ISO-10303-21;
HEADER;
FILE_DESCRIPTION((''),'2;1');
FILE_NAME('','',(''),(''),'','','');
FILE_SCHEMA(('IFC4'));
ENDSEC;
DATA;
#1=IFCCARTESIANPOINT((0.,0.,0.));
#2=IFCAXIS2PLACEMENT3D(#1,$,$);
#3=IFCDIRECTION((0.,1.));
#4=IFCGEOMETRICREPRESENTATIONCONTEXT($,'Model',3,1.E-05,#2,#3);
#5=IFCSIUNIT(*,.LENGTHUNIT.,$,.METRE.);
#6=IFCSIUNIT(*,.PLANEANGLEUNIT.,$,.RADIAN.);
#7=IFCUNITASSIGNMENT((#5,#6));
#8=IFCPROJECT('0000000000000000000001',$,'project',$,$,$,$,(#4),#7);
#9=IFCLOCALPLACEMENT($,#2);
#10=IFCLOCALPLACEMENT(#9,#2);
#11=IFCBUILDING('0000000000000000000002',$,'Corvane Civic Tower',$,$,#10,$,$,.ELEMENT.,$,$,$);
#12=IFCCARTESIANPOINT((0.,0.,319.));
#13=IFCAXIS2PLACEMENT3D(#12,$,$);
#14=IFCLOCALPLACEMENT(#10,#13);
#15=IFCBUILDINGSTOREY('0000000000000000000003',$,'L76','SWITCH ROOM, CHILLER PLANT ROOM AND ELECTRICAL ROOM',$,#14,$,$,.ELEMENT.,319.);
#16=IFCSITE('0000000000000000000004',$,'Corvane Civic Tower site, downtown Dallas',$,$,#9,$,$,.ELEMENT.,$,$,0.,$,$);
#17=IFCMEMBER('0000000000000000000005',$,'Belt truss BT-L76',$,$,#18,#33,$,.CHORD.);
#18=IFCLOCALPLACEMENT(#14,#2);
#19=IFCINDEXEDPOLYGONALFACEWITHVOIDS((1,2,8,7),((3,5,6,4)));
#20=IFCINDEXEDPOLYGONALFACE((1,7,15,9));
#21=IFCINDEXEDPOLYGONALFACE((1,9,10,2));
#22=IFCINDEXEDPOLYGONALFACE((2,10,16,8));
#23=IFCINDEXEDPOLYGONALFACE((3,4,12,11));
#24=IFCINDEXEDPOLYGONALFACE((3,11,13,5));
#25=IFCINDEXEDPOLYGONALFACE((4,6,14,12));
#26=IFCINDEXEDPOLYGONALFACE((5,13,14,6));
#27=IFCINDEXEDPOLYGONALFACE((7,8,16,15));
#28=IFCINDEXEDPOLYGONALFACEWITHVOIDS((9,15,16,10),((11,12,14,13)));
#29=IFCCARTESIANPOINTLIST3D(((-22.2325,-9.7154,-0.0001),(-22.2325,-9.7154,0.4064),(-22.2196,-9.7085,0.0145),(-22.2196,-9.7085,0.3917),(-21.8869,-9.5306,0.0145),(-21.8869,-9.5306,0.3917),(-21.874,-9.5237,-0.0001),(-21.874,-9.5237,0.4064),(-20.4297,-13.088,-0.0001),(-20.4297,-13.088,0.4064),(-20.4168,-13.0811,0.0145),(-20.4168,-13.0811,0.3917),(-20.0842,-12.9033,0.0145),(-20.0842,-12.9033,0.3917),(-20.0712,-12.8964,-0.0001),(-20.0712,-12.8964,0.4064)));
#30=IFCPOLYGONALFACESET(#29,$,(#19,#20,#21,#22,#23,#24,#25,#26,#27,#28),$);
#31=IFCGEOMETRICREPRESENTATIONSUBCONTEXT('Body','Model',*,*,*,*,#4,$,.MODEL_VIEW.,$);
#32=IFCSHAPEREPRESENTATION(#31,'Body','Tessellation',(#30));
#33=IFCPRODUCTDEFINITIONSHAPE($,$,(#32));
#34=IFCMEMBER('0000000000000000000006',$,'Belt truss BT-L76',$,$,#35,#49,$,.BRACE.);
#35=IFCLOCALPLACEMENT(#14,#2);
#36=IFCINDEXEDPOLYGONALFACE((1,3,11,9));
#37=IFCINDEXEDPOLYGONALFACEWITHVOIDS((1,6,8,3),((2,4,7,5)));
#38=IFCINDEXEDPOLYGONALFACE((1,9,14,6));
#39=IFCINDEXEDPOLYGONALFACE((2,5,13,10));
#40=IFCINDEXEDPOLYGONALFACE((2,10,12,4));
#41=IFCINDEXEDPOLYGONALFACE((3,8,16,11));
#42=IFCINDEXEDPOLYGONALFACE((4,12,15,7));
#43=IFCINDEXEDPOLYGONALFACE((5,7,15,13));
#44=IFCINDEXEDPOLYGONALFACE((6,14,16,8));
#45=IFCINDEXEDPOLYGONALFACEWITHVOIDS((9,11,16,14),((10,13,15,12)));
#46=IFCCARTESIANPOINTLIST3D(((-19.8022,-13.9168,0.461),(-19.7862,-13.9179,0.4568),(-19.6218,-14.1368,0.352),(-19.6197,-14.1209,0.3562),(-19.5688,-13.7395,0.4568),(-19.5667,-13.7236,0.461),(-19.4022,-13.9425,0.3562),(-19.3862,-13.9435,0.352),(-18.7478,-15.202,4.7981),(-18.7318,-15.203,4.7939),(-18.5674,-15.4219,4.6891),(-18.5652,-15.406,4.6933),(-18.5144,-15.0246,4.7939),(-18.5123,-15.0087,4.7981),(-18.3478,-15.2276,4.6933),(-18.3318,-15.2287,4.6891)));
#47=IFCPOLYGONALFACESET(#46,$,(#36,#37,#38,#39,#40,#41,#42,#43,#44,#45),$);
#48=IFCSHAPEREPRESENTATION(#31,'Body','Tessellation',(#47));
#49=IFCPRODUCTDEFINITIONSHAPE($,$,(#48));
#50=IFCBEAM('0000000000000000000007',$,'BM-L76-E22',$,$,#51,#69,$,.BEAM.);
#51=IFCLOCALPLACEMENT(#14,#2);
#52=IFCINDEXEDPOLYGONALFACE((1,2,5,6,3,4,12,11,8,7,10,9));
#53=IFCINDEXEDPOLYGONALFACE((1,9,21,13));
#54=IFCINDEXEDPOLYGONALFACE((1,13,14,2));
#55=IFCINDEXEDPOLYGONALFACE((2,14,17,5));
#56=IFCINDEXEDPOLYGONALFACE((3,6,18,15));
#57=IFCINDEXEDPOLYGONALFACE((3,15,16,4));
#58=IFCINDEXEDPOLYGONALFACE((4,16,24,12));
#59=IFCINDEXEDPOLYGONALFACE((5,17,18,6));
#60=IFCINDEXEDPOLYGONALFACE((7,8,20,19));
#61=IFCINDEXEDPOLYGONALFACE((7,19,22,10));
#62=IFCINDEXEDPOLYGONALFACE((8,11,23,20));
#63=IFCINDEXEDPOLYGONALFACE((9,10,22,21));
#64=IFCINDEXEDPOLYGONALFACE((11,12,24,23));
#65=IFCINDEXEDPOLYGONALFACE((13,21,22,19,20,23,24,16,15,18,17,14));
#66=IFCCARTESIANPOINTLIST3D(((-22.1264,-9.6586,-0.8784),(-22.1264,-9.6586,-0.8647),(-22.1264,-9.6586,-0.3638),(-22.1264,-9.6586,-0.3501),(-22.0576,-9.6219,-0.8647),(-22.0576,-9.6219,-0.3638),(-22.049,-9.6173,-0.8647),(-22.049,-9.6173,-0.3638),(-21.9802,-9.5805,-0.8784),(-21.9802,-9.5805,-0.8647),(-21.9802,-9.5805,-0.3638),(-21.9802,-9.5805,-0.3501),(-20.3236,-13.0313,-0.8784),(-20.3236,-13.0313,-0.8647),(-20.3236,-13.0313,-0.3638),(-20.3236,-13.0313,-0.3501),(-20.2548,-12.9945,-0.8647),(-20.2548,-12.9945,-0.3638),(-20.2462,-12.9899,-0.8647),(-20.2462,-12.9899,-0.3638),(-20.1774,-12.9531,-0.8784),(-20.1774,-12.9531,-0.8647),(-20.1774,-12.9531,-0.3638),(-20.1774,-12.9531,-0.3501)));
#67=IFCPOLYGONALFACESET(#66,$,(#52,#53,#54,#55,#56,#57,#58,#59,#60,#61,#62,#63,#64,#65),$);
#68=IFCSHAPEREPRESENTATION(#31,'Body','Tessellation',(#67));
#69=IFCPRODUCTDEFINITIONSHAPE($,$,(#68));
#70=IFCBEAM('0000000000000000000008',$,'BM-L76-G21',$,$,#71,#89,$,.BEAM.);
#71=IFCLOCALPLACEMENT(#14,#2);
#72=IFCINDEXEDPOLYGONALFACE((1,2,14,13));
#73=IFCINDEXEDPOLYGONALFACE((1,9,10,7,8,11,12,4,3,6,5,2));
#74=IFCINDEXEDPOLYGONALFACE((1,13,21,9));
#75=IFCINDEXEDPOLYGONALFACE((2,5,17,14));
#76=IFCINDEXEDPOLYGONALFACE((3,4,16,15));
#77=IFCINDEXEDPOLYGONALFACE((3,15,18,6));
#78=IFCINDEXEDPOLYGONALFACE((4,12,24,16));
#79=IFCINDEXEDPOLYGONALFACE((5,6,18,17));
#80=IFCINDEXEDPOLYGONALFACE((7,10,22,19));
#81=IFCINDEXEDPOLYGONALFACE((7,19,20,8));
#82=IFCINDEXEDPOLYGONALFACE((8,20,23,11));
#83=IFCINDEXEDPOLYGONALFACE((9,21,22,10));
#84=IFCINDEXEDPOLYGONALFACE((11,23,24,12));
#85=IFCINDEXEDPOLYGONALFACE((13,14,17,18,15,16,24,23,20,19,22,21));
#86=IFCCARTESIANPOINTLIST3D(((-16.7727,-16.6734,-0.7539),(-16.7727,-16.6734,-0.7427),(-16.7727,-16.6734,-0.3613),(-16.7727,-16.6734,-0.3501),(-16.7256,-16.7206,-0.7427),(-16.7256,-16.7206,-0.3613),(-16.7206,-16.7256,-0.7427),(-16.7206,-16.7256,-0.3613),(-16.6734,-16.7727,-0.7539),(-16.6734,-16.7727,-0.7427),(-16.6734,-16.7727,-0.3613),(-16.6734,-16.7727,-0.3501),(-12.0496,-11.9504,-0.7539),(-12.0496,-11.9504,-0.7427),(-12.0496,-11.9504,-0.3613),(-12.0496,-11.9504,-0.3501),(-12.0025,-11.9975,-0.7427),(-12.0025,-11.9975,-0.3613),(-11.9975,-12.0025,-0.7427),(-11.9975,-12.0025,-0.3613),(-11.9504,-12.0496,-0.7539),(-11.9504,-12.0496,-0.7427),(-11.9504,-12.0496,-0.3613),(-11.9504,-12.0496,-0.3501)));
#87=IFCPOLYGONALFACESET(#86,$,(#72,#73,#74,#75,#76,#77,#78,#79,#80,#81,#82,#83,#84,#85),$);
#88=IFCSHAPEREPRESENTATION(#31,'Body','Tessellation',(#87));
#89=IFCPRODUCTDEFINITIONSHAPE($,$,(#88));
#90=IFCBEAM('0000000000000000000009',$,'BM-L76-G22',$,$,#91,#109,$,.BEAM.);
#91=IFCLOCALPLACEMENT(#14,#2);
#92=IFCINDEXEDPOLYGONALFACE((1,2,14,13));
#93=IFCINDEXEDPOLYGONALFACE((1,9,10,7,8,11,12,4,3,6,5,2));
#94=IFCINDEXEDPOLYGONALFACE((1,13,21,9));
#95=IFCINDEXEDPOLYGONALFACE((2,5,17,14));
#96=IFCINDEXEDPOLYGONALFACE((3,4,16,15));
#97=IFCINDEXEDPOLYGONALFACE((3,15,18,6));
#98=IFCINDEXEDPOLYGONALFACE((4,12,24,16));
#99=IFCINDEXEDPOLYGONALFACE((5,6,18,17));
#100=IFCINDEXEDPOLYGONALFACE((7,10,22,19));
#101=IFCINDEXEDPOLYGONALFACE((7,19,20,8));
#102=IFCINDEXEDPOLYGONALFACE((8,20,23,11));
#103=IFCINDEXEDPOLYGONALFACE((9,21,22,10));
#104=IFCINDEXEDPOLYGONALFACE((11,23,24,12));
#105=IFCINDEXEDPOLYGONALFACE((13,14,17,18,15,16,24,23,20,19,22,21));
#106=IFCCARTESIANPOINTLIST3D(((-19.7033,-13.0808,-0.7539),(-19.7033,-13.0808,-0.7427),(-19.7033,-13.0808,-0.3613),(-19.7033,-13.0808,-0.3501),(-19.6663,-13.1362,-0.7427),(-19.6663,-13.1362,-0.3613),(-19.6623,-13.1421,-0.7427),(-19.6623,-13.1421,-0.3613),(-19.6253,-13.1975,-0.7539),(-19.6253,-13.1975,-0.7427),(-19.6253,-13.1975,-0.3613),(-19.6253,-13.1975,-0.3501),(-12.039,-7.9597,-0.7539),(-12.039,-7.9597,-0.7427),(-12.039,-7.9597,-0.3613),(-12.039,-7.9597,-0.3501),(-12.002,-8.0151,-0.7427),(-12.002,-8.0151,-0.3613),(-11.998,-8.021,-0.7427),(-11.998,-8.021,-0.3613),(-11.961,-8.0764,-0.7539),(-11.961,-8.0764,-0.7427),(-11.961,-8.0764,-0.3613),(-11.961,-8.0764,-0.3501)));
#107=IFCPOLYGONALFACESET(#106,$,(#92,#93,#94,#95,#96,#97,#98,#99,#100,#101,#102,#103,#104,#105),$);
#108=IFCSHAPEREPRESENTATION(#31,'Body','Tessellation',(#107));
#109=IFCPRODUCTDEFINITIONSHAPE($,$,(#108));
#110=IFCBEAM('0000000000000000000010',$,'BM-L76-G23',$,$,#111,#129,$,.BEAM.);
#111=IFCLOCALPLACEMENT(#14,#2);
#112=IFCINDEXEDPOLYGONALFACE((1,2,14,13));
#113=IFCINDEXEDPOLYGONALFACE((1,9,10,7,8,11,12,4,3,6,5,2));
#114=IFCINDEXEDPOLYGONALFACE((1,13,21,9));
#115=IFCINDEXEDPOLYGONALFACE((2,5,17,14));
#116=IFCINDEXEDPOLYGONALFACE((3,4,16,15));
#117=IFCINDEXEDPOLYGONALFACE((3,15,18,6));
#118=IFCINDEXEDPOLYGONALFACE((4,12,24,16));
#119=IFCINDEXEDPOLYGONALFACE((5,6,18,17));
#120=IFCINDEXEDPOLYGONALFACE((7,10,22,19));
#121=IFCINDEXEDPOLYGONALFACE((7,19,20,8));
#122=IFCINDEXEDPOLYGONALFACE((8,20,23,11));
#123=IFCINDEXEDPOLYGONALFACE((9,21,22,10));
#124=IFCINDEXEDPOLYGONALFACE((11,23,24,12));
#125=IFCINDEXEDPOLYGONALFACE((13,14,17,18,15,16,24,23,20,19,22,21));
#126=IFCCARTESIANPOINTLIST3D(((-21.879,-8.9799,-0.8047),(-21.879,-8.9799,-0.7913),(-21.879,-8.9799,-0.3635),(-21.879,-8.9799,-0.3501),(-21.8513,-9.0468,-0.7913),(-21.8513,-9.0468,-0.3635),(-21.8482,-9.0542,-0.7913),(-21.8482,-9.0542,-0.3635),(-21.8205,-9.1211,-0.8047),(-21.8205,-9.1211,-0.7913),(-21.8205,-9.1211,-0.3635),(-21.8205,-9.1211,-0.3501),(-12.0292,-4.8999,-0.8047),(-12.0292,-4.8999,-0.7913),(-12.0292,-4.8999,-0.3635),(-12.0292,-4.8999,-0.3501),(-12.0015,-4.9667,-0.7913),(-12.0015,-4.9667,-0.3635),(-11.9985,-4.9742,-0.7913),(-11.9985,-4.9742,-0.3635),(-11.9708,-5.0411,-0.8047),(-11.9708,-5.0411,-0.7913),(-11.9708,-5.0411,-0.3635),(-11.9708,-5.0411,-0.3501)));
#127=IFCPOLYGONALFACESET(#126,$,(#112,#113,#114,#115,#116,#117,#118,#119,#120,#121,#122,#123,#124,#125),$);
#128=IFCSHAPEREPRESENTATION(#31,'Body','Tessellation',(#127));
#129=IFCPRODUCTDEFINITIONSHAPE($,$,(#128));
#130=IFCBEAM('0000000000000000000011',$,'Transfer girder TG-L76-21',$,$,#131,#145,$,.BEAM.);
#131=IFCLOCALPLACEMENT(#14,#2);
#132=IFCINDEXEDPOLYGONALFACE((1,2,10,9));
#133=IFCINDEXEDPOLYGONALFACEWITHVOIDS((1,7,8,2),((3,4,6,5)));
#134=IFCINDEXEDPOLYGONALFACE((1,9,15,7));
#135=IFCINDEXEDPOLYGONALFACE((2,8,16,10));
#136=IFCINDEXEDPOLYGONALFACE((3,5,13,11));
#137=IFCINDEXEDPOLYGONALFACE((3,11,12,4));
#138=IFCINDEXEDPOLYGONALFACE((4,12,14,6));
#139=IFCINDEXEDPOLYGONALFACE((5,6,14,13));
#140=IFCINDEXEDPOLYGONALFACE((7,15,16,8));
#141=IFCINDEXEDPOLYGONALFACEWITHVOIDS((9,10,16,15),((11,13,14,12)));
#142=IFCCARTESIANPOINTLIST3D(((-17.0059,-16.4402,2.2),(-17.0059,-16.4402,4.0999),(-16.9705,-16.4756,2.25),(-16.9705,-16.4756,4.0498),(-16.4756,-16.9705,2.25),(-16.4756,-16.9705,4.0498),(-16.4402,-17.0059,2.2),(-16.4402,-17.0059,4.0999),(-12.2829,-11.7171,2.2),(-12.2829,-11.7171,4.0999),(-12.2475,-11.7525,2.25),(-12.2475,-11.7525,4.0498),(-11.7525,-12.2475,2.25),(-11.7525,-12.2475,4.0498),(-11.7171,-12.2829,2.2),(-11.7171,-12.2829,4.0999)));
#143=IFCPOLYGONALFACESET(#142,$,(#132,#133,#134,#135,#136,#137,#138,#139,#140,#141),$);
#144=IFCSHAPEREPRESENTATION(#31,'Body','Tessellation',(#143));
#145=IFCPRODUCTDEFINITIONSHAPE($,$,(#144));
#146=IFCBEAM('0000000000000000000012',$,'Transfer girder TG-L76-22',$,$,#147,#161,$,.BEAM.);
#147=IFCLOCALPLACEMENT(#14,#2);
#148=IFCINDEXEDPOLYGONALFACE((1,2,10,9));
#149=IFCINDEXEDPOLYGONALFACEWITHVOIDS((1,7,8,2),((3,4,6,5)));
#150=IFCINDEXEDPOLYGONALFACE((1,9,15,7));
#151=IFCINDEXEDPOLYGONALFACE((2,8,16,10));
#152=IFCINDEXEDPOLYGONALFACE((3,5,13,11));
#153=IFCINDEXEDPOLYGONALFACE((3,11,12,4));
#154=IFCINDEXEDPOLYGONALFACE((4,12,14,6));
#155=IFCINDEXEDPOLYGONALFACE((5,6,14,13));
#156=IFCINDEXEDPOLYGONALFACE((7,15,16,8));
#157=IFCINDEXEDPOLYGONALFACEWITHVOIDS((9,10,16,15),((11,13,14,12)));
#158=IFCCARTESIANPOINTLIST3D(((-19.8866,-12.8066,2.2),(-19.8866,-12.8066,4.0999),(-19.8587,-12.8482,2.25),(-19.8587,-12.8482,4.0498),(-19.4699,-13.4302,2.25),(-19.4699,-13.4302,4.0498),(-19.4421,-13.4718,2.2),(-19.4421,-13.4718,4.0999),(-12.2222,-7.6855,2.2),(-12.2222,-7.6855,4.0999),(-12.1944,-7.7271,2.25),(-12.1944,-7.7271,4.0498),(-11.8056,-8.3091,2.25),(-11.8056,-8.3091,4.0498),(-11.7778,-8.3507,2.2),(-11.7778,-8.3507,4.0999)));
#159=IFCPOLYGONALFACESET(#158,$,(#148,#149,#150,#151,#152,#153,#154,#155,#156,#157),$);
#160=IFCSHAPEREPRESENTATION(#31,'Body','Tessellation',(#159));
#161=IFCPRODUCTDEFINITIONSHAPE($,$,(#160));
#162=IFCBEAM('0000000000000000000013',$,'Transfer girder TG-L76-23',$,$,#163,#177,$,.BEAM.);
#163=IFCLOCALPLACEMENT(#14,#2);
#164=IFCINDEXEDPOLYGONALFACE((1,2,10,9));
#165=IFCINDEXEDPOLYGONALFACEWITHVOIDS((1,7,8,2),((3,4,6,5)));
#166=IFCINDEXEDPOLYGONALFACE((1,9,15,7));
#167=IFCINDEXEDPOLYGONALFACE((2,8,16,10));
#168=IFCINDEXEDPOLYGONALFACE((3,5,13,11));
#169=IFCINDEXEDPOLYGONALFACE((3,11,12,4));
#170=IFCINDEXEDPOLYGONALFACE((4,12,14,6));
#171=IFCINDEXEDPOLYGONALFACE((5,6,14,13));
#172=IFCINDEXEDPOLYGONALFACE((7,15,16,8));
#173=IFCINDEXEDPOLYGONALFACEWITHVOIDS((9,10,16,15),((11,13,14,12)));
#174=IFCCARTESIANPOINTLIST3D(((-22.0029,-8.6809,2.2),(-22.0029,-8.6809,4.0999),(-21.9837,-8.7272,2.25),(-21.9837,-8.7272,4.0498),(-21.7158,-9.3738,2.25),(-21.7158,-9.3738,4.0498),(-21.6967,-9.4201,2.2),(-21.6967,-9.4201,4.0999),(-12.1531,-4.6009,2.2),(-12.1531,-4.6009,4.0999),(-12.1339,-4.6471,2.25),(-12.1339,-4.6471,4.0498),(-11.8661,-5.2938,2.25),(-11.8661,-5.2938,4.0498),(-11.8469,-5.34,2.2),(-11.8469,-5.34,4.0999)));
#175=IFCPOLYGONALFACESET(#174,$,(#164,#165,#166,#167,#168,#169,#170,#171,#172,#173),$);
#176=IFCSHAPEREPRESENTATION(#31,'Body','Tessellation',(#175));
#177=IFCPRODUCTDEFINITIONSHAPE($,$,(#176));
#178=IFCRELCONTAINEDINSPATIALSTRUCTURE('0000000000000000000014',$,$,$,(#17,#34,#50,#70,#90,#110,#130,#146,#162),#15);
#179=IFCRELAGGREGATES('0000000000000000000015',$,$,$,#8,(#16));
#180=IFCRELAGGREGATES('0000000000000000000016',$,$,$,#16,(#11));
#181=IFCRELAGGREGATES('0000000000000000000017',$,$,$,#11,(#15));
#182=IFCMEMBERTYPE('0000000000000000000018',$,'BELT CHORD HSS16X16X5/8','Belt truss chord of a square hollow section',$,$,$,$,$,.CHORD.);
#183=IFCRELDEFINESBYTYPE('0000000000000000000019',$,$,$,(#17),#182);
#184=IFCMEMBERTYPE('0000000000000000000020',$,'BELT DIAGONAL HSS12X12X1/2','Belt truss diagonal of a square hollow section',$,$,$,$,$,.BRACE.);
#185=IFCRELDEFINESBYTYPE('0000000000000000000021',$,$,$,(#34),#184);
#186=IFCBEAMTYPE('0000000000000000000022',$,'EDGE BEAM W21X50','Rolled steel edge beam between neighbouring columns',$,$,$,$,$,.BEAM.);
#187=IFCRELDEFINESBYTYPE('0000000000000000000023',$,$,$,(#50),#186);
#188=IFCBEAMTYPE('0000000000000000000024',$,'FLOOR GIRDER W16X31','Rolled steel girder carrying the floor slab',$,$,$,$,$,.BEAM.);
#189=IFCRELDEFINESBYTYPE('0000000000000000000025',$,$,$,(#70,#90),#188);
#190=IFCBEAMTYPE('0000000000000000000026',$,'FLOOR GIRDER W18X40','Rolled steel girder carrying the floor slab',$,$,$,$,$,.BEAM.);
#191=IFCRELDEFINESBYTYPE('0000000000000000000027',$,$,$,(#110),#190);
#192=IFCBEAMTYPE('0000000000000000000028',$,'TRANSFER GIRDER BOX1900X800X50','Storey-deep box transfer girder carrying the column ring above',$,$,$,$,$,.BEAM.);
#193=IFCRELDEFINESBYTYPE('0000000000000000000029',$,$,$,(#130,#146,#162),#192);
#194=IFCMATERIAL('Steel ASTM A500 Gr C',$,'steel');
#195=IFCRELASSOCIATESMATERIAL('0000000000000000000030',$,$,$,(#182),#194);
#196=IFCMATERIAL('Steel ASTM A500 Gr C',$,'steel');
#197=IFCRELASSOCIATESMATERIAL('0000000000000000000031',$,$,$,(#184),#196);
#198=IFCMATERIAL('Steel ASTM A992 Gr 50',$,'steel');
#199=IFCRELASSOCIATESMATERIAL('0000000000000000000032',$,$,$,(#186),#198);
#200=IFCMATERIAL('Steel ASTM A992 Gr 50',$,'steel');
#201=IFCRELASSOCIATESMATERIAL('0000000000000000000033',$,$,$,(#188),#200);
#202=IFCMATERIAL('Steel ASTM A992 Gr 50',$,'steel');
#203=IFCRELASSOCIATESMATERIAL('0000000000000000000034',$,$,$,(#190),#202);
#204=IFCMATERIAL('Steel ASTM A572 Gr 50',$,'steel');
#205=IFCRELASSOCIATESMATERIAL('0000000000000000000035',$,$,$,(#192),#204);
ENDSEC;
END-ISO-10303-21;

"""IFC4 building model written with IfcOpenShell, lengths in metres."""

from ifc_helpers import new_model, si_unit, direction, frame, origin, origin_2d, place, context, subcontext, project, spatial, hollow_rectangle, i_section, extrude, material, material_profile, profile_set, type_object, element, save


model = new_model("IFC4")

# Units and contexts
model_context = context("Model", 3, precision=1e-05, world=origin(), true_north=direction((0.0, 1.0)))
body_context = subcontext(model_context, "Body", "Model", "MODEL_VIEW")
ifc_project = project(units=[si_unit("LENGTHUNIT", "METRE"), si_unit("PLANEANGLEUNIT", "RADIAN")], contexts=[model_context])

# Site, building, storey
site_placement = place(None, origin())
site = spatial("IfcSite", under=ifc_project, at=site_placement, Name="Corvane Civic Tower site, downtown Dallas", CompositionType="ELEMENT", RefElevation=0.0)
building_placement = place(site_placement, origin())
building = spatial("IfcBuilding", under=site, at=building_placement, Name="Corvane Civic Tower", CompositionType="ELEMENT")
storey_placement = place(building_placement, frame((0.0, 0.0, 319.0)))
storey = spatial("IfcBuildingStorey", under=building, at=storey_placement, Name="L76", Description="SWITCH ROOM, CHILLER PLANT ROOM AND ELECTRICAL ROOM", CompositionType="ELEMENT", Elevation=319.0)

# Members
ifc_material_1 = material(Name="Steel ASTM A500 Gr C", Category="steel")
ifc_material_profile_1 = material_profile(ifc_material_1, hollow_rectangle(XDim=0.4065, YDim=0.4065, WallThickness=0.0146, at=origin_2d()), Name="HSS16X16X5/8")
ifc_profile_set_1 = profile_set([ifc_material_profile_1], Name="Steel ASTM A500 Gr C")
member_type_1 = type_object("IfcMemberType", Name="BELT CHORD HSS16X16X5/8", Description="Belt truss chord of a square hollow section", PredefinedType="CHORD", material=ifc_profile_set_1)
for number, where, z_axis, x_axis, name in (
    (1, (-20.2505, -12.9922, 0.2031), (-0.47141, 0.881914, 0.0), (-0.881914, -0.47141, 0.0), "Belt truss BT-L76"),
):
    element("IfcMember", number, at=place(storey_placement, frame(where, z_axis=z_axis, x_axis=x_axis)), inside=storey, type_object=member_type_1, Name=name, PredefinedType="CHORD", context=body_context, shape_type="SweptSolid", body=[
        extrude(hollow_rectangle(XDim=0.4065, YDim=0.4065, WallThickness=0.0146, at=origin_2d()), origin(), (0.0, 0.0, 1.0), 3.8242),
    ])
ifc_material_2 = material(Name="Steel ASTM A500 Gr C", Category="steel")
ifc_material_profile_2 = material_profile(ifc_material_2, hollow_rectangle(XDim=0.3047, YDim=0.3047, WallThickness=0.0117, at=origin_2d()), Name="HSS12X12X1/2")
ifc_profile_set_2 = profile_set([ifc_material_profile_2], Name="Steel ASTM A500 Gr C")
member_type_2 = type_object("IfcMemberType", Name="BELT DIAGONAL HSS12X12X1/2", Description="Belt truss diagonal of a square hollow section", PredefinedType="BRACE", material=ifc_profile_set_2)
member_placement = place(storey_placement, frame((-19.5942, -13.9302, 0.4065), z_axis=(0.227015, -0.276685, 0.933761), x_axis=(0.773086, 0.634301, 0.0)))
element("IfcMember", 2, at=member_placement, inside=storey, type_object=member_type_2, Name="Belt truss BT-L76", PredefinedType="BRACE", context=body_context, shape_type="SweptSolid", body=[
    extrude(hollow_rectangle(XDim=0.3047, YDim=0.3047, WallThickness=0.0117, at=origin_2d()), origin(), (0.0, 0.0, 1.0), 4.6448),
])

# Beams
ifc_material_3 = material(Name="Steel ASTM A992 Gr 50", Category="steel")
ifc_material_profile_3 = material_profile(ifc_material_3, i_section(OverallWidth=0.1658, OverallDepth=0.5283, WebThickness=0.0098, FlangeThickness=0.0137, at=origin_2d()), Name="W21X50")
ifc_profile_set_3 = profile_set([ifc_material_profile_3], Name="Steel ASTM A992 Gr 50")
beam_type_1 = type_object("IfcBeamType", Name="EDGE BEAM W21X50", Description="Rolled steel edge beam between neighbouring columns", PredefinedType="BEAM", material=ifc_profile_set_3)
beam_1_placement = place(storey_placement, frame((-20.2505, -12.9922, -0.6143), z_axis=(-0.47141, 0.881914, 0.0), x_axis=(-0.881914, -0.47141, 0.0)))
element("IfcBeam", 3, at=beam_1_placement, inside=storey, type_object=beam_type_1, Name="BM-L76-E22", PredefinedType="BEAM", context=body_context, shape_type="SweptSolid", body=[
    extrude(i_section(OverallWidth=0.1658, OverallDepth=0.5283, WebThickness=0.0098, FlangeThickness=0.0137, at=origin_2d()), origin(), (0.0, 0.0, 1.0), 3.8242),
])
ifc_material_4 = material(Name="Steel ASTM A992 Gr 50", Category="steel")
ifc_material_profile_4 = material_profile(ifc_material_4, i_section(OverallWidth=0.1404, OverallDepth=0.4038, WebThickness=0.0071, FlangeThickness=0.0112, at=origin_2d()), Name="W16X31")
ifc_profile_set_4 = profile_set([ifc_material_profile_4], Name="Steel ASTM A992 Gr 50")
beam_type_2 = type_object("IfcBeamType", Name="FLOOR GIRDER W16X31", Description="Rolled steel girder carrying the floor slab", PredefinedType="BEAM", material=ifc_profile_set_4)
beam_2_placement = place(storey_placement, frame((-12.0, -12.0, -0.552), z_axis=(-0.707107, -0.707107, 0.0), x_axis=(0.707107, -0.707107, 0.0)))
element("IfcBeam", 4, at=beam_2_placement, inside=storey, type_object=beam_type_2, Name="BM-L76-G21", PredefinedType="BEAM", context=body_context, shape_type="SweptSolid", body=[
    extrude(i_section(OverallWidth=0.1404, OverallDepth=0.4038, WebThickness=0.0071, FlangeThickness=0.0112, at=origin_2d()), origin(), (0.0, 0.0, 1.0), 6.6794),
])
beam_3_placement = place(storey_placement, frame((-12.0, -8.0181, -0.552), z_axis=(-0.831471, -0.555568, 0.0), x_axis=(0.555568, -0.831471, 0.0)))
element("IfcBeam", 5, at=beam_3_placement, inside=storey, type_object=beam_type_2, Name="BM-L76-G22", PredefinedType="BEAM", context=body_context, shape_type="SweptSolid", body=[
    extrude(i_section(OverallWidth=0.1404, OverallDepth=0.4038, WebThickness=0.0071, FlangeThickness=0.0112, at=origin_2d()), origin(), (0.0, 0.0, 1.0), 9.2178),
])
ifc_material_5 = material(Name="Steel ASTM A992 Gr 50", Category="steel")
ifc_material_profile_5 = material_profile(ifc_material_5, i_section(OverallWidth=0.1528, OverallDepth=0.4546, WebThickness=0.0081, FlangeThickness=0.0134, at=origin_2d()), Name="W18X40")
ifc_profile_set_5 = profile_set([ifc_material_profile_5], Name="Steel ASTM A992 Gr 50")
beam_type_3 = type_object("IfcBeamType", Name="FLOOR GIRDER W18X40", Description="Rolled steel girder carrying the floor slab", PredefinedType="BEAM", material=ifc_profile_set_5)
beam_4_placement = place(storey_placement, frame((-12.0, -4.9705, -0.5774), z_axis=(-0.923875, -0.382694, 0.0), x_axis=(0.382694, -0.923875, 0.0)))
element("IfcBeam", 6, at=beam_4_placement, inside=storey, type_object=beam_type_3, Name="BM-L76-G23", PredefinedType="BEAM", context=body_context, shape_type="SweptSolid", body=[
    extrude(i_section(OverallWidth=0.1528, OverallDepth=0.4546, WebThickness=0.0081, FlangeThickness=0.0134, at=origin_2d()), origin(), (0.0, 0.0, 1.0), 10.6614),
])
ifc_material_6 = material(Name="Steel ASTM A572 Gr 50", Category="steel")
ifc_material_profile_6 = material_profile(ifc_material_6, hollow_rectangle(XDim=0.8, YDim=1.8999, WallThickness=0.05, at=origin_2d()), Name="BOX1900X800X50")
ifc_profile_set_6 = profile_set([ifc_material_profile_6], Name="Steel ASTM A572 Gr 50")
beam_type_4 = type_object("IfcBeamType", Name="TRANSFER GIRDER BOX1900X800X50", Description="Storey-deep box transfer girder carrying the column ring above", PredefinedType="BEAM", material=ifc_profile_set_6)
beam_5_placement = place(storey_placement, frame((-12.0, -12.0, 3.1499), z_axis=(-0.707107, -0.707107, 0.0), x_axis=(0.707107, -0.707107, 0.0)))
element("IfcBeam", 7, at=beam_5_placement, inside=storey, type_object=beam_type_4, Name="Transfer girder TG-L76-21", PredefinedType="BEAM", context=body_context, shape_type="SweptSolid", body=[
    extrude(hollow_rectangle(XDim=0.8, YDim=1.8999, WallThickness=0.05, at=origin_2d()), origin(), (0.0, 0.0, 1.0), 6.6794),
])
beam_6_placement = place(storey_placement, frame((-12.0, -8.0181, 3.1499), z_axis=(-0.831471, -0.555568, 0.0), x_axis=(0.555568, -0.831471, 0.0)))
element("IfcBeam", 8, at=beam_6_placement, inside=storey, type_object=beam_type_4, Name="Transfer girder TG-L76-22", PredefinedType="BEAM", context=body_context, shape_type="SweptSolid", body=[
    extrude(hollow_rectangle(XDim=0.8, YDim=1.8999, WallThickness=0.05, at=origin_2d()), origin(), (0.0, 0.0, 1.0), 9.2178),
])
beam_7_placement = place(storey_placement, frame((-12.0, -4.9705, 3.1499), z_axis=(-0.923875, -0.382694, 0.0), x_axis=(0.382694, -0.923875, 0.0)))
element("IfcBeam", 9, at=beam_7_placement, inside=storey, type_object=beam_type_4, Name="Transfer girder TG-L76-23", PredefinedType="BEAM", context=body_context, shape_type="SweptSolid", body=[
    extrude(hollow_rectangle(XDim=0.8, YDim=1.8999, WallThickness=0.05, at=origin_2d()), origin(), (0.0, 0.0, 1.0), 10.6614),
])

save(model, "model.ifc")
